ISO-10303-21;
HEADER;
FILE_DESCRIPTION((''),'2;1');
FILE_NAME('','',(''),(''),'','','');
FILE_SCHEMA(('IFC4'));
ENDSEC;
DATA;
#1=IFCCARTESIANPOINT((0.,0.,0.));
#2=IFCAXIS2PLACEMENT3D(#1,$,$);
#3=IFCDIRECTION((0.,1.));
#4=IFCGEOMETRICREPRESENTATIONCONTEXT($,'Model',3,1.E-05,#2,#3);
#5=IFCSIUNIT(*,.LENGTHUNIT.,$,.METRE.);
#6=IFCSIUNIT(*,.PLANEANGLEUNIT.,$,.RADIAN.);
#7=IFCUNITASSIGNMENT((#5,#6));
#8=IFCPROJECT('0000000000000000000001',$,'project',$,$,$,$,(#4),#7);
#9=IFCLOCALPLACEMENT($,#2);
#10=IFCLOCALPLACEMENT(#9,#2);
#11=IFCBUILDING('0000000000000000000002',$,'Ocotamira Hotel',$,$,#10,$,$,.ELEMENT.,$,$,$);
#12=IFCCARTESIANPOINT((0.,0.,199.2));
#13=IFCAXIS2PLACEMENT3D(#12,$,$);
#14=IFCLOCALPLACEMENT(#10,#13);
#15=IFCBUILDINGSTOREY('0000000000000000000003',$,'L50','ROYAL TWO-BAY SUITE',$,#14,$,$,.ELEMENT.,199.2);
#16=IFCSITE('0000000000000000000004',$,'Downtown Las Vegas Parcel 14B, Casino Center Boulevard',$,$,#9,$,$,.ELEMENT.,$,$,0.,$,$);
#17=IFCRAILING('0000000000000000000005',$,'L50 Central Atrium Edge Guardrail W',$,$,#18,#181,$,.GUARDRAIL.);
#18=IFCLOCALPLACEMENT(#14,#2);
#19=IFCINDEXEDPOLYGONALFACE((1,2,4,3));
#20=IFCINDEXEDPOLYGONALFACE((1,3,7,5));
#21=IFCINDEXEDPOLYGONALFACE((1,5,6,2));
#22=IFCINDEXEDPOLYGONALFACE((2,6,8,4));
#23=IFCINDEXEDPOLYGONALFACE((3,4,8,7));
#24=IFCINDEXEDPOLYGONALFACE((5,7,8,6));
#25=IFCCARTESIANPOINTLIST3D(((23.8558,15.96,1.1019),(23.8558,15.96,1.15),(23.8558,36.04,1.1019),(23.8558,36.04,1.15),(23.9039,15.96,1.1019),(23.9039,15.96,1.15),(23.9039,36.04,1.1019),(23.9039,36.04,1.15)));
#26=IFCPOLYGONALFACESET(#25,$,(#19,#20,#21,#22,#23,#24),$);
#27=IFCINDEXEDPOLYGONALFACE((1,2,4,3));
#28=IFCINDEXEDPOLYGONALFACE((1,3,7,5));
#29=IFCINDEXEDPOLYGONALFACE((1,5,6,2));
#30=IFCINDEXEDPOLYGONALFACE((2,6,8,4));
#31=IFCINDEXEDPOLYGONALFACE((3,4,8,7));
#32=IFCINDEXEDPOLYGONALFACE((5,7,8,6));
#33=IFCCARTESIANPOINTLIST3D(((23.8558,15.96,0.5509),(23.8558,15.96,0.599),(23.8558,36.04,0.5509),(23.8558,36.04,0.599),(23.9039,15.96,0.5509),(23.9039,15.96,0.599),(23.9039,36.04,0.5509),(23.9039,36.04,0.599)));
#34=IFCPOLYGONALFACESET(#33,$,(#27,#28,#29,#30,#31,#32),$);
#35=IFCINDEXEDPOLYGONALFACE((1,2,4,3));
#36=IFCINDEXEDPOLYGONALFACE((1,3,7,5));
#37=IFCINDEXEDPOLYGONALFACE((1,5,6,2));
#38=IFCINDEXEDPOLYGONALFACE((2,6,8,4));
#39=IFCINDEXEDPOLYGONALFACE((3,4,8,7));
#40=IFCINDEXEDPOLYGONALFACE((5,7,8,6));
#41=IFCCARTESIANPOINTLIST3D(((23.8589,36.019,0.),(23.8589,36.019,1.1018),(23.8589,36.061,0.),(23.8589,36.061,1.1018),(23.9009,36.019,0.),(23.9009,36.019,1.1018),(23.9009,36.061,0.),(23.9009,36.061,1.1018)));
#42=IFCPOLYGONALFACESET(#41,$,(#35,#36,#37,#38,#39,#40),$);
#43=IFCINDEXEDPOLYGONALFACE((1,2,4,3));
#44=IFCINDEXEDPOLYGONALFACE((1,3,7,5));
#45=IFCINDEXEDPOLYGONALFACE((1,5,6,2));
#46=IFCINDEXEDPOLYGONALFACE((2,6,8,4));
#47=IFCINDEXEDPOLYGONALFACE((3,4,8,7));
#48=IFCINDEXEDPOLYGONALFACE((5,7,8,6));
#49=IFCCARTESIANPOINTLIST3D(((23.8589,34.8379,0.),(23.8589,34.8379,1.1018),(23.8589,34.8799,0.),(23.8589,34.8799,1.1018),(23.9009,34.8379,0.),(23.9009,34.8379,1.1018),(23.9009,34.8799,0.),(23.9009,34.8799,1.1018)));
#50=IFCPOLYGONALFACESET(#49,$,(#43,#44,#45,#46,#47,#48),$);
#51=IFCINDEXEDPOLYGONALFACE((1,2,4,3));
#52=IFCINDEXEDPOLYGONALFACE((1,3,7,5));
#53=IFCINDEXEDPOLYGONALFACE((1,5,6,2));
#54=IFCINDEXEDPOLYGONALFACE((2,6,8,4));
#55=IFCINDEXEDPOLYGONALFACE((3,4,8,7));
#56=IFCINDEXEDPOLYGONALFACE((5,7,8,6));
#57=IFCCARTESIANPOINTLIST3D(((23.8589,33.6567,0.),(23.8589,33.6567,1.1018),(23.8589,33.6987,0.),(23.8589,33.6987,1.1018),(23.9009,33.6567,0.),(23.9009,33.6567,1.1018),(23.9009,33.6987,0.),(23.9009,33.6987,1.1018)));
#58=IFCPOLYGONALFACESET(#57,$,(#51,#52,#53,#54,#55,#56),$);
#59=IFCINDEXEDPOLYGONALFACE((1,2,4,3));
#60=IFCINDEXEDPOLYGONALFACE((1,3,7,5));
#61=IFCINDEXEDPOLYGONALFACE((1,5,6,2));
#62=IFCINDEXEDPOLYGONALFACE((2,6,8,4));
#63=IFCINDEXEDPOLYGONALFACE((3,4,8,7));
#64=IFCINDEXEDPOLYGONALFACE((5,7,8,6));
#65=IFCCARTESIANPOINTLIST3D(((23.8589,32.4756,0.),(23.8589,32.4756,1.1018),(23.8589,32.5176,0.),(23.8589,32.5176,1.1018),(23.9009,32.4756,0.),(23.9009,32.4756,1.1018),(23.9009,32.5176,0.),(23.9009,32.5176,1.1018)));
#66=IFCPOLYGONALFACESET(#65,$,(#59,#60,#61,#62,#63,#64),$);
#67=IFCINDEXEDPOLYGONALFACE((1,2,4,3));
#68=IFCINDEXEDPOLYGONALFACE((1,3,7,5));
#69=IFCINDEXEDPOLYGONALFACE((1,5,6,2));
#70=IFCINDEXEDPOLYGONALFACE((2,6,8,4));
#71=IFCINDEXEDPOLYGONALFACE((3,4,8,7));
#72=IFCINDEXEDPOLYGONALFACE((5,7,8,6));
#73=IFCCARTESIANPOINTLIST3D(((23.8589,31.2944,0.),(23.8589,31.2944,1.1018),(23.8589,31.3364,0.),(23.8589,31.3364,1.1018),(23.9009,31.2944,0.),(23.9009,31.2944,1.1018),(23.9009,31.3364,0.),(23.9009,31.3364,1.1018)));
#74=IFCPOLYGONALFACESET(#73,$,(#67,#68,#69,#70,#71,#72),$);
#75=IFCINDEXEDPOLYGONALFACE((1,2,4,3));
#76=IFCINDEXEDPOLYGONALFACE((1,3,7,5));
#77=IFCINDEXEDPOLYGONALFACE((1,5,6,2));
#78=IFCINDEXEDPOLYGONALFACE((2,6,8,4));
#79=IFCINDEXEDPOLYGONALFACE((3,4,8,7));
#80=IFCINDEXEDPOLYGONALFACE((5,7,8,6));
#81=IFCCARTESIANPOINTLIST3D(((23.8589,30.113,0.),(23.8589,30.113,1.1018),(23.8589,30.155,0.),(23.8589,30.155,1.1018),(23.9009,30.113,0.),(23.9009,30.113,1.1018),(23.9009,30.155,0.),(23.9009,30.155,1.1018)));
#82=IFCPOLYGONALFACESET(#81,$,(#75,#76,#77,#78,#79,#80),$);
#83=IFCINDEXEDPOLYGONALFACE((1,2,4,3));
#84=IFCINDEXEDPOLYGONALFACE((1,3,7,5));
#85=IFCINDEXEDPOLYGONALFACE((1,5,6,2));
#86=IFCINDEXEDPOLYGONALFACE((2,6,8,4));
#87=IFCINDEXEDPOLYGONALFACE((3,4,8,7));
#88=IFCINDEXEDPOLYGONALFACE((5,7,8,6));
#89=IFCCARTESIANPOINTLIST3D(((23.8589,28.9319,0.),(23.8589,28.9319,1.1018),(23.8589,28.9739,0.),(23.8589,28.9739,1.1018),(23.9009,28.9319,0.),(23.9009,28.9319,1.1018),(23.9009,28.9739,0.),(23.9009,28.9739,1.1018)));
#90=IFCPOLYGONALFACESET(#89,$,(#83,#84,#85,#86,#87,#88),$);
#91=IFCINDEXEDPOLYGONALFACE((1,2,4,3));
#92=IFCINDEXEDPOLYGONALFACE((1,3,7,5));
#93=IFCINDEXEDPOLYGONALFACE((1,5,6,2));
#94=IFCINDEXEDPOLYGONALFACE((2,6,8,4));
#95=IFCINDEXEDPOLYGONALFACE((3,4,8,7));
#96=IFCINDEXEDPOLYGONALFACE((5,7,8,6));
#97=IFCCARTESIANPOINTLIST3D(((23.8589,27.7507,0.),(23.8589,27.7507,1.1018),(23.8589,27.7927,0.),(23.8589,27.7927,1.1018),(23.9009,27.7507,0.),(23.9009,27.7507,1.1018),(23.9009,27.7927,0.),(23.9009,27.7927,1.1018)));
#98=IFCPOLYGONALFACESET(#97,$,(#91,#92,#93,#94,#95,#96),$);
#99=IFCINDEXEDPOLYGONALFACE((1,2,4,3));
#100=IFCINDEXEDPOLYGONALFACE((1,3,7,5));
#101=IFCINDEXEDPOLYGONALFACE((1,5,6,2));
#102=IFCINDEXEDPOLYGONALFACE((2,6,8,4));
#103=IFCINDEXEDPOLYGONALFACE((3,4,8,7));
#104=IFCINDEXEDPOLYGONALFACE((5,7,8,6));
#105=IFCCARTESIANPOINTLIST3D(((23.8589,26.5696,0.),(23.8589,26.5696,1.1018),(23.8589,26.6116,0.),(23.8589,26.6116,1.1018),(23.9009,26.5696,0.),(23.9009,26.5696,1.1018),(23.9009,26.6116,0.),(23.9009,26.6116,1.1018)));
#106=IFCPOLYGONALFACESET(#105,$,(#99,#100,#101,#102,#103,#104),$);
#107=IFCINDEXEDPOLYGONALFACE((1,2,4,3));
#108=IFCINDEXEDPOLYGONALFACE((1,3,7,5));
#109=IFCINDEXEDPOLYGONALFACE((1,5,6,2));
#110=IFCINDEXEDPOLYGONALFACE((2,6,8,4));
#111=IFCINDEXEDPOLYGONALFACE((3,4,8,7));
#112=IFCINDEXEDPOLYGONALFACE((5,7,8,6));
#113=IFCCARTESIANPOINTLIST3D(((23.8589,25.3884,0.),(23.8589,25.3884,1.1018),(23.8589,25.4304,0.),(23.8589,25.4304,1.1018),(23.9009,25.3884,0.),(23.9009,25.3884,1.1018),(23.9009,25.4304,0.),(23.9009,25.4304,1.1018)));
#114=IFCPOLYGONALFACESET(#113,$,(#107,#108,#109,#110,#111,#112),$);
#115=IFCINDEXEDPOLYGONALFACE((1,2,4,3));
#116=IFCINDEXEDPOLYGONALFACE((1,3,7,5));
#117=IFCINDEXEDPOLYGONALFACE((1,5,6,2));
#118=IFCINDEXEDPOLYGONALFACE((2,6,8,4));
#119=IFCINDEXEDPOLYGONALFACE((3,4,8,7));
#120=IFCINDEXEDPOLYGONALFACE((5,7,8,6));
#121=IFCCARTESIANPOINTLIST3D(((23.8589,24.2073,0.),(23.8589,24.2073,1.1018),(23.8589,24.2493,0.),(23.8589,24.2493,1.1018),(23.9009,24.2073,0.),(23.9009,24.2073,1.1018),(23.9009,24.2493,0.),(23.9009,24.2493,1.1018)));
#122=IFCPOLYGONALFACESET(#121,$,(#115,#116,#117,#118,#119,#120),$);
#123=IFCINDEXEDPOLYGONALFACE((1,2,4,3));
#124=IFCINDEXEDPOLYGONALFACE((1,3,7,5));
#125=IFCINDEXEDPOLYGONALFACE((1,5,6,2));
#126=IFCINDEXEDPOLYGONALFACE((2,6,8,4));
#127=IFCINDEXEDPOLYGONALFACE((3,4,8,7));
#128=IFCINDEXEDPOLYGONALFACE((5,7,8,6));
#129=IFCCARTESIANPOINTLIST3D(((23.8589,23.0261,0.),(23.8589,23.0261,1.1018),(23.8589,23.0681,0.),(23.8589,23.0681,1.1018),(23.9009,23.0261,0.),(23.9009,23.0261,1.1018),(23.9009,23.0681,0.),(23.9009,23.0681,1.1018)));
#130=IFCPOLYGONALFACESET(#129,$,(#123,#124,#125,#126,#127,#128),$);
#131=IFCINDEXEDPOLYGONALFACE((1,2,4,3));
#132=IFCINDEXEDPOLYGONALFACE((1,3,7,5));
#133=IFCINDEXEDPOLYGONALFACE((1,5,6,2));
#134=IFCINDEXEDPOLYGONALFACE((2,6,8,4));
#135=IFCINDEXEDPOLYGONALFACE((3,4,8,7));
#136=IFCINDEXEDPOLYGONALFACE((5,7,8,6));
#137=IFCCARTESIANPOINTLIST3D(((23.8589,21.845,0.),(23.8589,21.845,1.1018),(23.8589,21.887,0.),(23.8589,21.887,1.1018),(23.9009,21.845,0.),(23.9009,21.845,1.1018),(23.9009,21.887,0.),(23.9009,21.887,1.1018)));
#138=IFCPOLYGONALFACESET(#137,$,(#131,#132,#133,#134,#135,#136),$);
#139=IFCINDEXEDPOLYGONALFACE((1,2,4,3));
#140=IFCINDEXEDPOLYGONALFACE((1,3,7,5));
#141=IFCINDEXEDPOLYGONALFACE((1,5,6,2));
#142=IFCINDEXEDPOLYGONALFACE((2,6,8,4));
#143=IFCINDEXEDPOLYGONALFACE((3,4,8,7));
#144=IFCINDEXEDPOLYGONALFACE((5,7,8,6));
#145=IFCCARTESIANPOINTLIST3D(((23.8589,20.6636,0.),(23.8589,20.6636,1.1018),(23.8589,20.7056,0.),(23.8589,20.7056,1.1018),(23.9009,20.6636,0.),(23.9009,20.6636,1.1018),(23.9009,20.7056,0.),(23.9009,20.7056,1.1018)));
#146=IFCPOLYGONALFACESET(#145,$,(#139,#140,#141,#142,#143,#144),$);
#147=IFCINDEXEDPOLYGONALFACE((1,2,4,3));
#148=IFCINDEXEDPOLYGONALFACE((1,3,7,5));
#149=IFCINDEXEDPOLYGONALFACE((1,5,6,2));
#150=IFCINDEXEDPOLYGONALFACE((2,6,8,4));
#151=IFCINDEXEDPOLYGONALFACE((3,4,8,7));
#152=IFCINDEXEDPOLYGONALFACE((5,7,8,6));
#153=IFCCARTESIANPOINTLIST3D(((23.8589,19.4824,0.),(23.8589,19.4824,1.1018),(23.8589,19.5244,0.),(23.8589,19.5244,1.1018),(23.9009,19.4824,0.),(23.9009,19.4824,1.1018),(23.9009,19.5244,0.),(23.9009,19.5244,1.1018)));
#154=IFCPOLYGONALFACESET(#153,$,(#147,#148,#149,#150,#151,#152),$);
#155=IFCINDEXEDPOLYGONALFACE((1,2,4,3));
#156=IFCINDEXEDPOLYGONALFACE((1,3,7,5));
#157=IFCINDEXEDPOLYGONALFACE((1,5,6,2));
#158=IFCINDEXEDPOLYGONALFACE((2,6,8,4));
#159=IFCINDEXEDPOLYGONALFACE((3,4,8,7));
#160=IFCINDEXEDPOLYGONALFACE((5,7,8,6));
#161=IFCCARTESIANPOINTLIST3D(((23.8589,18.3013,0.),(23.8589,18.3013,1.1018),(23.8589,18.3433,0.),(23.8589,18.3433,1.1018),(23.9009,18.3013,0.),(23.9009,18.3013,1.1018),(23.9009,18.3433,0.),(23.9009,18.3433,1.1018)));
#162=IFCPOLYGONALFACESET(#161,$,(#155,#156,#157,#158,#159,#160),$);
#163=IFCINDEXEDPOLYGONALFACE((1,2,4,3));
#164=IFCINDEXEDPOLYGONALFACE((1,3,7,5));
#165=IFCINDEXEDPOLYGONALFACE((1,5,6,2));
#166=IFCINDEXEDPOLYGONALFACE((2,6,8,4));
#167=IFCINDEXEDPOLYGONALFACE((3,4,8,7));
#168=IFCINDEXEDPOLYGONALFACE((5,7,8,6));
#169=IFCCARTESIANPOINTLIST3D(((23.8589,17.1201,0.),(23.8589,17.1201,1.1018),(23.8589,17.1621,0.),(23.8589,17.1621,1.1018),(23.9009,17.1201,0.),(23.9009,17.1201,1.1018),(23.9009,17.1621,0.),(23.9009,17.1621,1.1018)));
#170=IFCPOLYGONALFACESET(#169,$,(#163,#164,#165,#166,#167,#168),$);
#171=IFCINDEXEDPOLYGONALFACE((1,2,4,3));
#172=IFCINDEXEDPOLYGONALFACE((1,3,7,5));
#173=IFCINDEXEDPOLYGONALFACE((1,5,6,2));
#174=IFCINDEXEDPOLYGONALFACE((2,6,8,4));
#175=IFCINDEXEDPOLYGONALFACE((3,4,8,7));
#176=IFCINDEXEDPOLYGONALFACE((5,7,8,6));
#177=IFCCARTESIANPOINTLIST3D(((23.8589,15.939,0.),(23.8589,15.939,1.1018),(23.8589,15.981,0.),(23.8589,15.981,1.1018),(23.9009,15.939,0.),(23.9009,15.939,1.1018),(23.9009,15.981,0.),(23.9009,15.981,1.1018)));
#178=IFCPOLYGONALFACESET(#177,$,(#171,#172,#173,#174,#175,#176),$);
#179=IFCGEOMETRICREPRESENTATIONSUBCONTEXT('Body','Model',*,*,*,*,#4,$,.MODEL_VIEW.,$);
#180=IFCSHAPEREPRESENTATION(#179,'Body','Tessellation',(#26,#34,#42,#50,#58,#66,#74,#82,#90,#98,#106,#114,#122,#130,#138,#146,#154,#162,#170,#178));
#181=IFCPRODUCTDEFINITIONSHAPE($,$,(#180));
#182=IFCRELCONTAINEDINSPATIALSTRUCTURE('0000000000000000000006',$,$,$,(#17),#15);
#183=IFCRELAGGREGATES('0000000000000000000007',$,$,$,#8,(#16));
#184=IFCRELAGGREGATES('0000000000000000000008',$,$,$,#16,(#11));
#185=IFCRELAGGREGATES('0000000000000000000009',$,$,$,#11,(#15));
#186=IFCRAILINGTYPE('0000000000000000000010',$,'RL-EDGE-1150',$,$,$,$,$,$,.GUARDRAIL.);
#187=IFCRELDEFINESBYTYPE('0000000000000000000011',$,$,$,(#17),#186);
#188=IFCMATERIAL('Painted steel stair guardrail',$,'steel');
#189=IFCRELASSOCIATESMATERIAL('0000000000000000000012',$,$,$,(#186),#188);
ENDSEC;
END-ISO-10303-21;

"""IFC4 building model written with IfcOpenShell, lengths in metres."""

from ifc_helpers import new_model, si_unit, direction, frame, origin, origin_2d, place, context, subcontext, project, spatial, rectangle, extrude, material, type_object, element, save


model = new_model("IFC4")

# Units and contexts
model_context = context("Model", 3, precision=1e-05, world=origin(), true_north=direction((0.0, 1.0)))
body_context = subcontext(model_context, "Body", "Model", "MODEL_VIEW")
ifc_project = project(units=[si_unit("LENGTHUNIT", "METRE"), si_unit("PLANEANGLEUNIT", "RADIAN")], contexts=[model_context])

# Site, building, storey
site_placement = place(None, origin())
site = spatial("IfcSite", under=ifc_project, at=site_placement, Name="Downtown Las Vegas Parcel 14B, Casino Center Boulevard", CompositionType="ELEMENT", RefElevation=0.0)
building_placement = place(site_placement, origin())
building = spatial("IfcBuilding", under=site, at=building_placement, Name="Ocotamira Hotel", CompositionType="ELEMENT")
storey_placement = place(building_placement, frame((0.0, 0.0, 199.2)))
storey = spatial("IfcBuildingStorey", under=building, at=storey_placement, Name="L50", Description="ROYAL TWO-BAY SUITE", CompositionType="ELEMENT", Elevation=199.2)

# Railing
ifc_material_1 = material(Name="Painted steel stair guardrail", Category="steel")
railing_type = type_object("IfcRailingType", Name="RL-EDGE-1150", PredefinedType="GUARDRAIL", material=ifc_material_1)
railing_placement = place(storey_placement, frame((23.8799, 36.04, 0.0)))
element("IfcRailing", 1, at=railing_placement, inside=storey, type_object=railing_type, Name="L50 Central Atrium Edge Guardrail W", PredefinedType="GUARDRAIL", context=body_context, shape_type="SweptSolid", body=[
    extrude(rectangle(XDim=0.0481, YDim=0.0481, at=origin_2d()), frame((0.0, 0.0, 1.126), z_axis=(0.0, -1.0, 0.0), x_axis=(1.0, 0.0, 0.0)), (0.0, 0.0, 1.0), 20.0801),
    extrude(rectangle(XDim=0.0481, YDim=0.0481, at=origin_2d()), frame((0.0, 0.0, 0.575), z_axis=(0.0, -1.0, 0.0), x_axis=(1.0, 0.0, 0.0)), (0.0, 0.0, 1.0), 20.0801),
    extrude(rectangle(XDim=0.042, YDim=0.042, at=origin_2d()), origin(), (0.0, 0.0, 1.0), 1.1018),
    extrude(rectangle(XDim=0.042, YDim=0.042, at=origin_2d()), frame((0.0, -1.1812, 0.0)), (0.0, 0.0, 1.0), 1.1018),
    extrude(rectangle(XDim=0.042, YDim=0.042, at=origin_2d()), frame((0.0, -2.3623, 0.0)), (0.0, 0.0, 1.0), 1.1018),
    extrude(rectangle(XDim=0.042, YDim=0.042, at=origin_2d()), frame((0.0, -3.5435, 0.0)), (0.0, 0.0, 1.0), 1.1018),
    extrude(rectangle(XDim=0.042, YDim=0.042, at=origin_2d()), frame((0.0, -4.7246, 0.0)), (0.0, 0.0, 1.0), 1.1018),
    extrude(rectangle(XDim=0.042, YDim=0.042, at=origin_2d()), frame((0.0, -5.906, 0.0)), (0.0, 0.0, 1.0), 1.1018),
    extrude(rectangle(XDim=0.042, YDim=0.042, at=origin_2d()), frame((0.0, -7.0872, 0.0)), (0.0, 0.0, 1.0), 1.1018),
    extrude(rectangle(XDim=0.042, YDim=0.042, at=origin_2d()), frame((0.0, -8.2683, 0.0)), (0.0, 0.0, 1.0), 1.1018),
    extrude(rectangle(XDim=0.042, YDim=0.042, at=origin_2d()), frame((0.0, -9.4495, 0.0)), (0.0, 0.0, 1.0), 1.1018),
    extrude(rectangle(XDim=0.042, YDim=0.042, at=origin_2d()), frame((0.0, -10.6306, 0.0)), (0.0, 0.0, 1.0), 1.1018),
    extrude(rectangle(XDim=0.042, YDim=0.042, at=origin_2d()), frame((0.0, -11.8118, 0.0)), (0.0, 0.0, 1.0), 1.1018),
    extrude(rectangle(XDim=0.042, YDim=0.042, at=origin_2d()), frame((0.0, -12.9929, 0.0)), (0.0, 0.0, 1.0), 1.1018),
    extrude(rectangle(XDim=0.042, YDim=0.042, at=origin_2d()), frame((0.0, -14.1741, 0.0)), (0.0, 0.0, 1.0), 1.1018),
    extrude(rectangle(XDim=0.042, YDim=0.042, at=origin_2d()), frame((0.0, -15.3555, 0.0)), (0.0, 0.0, 1.0), 1.1018),
    extrude(rectangle(XDim=0.042, YDim=0.042, at=origin_2d()), frame((0.0, -16.5366, 0.0)), (0.0, 0.0, 1.0), 1.1018),
    extrude(rectangle(XDim=0.042, YDim=0.042, at=origin_2d()), frame((0.0, -17.7178, 0.0)), (0.0, 0.0, 1.0), 1.1018),
    extrude(rectangle(XDim=0.042, YDim=0.042, at=origin_2d()), frame((0.0, -18.8989, 0.0)), (0.0, 0.0, 1.0), 1.1018),
    extrude(rectangle(XDim=0.042, YDim=0.042, at=origin_2d()), frame((0.0, -20.0801, 0.0)), (0.0, 0.0, 1.0), 1.1018),
])

save(model, "model.ifc")
